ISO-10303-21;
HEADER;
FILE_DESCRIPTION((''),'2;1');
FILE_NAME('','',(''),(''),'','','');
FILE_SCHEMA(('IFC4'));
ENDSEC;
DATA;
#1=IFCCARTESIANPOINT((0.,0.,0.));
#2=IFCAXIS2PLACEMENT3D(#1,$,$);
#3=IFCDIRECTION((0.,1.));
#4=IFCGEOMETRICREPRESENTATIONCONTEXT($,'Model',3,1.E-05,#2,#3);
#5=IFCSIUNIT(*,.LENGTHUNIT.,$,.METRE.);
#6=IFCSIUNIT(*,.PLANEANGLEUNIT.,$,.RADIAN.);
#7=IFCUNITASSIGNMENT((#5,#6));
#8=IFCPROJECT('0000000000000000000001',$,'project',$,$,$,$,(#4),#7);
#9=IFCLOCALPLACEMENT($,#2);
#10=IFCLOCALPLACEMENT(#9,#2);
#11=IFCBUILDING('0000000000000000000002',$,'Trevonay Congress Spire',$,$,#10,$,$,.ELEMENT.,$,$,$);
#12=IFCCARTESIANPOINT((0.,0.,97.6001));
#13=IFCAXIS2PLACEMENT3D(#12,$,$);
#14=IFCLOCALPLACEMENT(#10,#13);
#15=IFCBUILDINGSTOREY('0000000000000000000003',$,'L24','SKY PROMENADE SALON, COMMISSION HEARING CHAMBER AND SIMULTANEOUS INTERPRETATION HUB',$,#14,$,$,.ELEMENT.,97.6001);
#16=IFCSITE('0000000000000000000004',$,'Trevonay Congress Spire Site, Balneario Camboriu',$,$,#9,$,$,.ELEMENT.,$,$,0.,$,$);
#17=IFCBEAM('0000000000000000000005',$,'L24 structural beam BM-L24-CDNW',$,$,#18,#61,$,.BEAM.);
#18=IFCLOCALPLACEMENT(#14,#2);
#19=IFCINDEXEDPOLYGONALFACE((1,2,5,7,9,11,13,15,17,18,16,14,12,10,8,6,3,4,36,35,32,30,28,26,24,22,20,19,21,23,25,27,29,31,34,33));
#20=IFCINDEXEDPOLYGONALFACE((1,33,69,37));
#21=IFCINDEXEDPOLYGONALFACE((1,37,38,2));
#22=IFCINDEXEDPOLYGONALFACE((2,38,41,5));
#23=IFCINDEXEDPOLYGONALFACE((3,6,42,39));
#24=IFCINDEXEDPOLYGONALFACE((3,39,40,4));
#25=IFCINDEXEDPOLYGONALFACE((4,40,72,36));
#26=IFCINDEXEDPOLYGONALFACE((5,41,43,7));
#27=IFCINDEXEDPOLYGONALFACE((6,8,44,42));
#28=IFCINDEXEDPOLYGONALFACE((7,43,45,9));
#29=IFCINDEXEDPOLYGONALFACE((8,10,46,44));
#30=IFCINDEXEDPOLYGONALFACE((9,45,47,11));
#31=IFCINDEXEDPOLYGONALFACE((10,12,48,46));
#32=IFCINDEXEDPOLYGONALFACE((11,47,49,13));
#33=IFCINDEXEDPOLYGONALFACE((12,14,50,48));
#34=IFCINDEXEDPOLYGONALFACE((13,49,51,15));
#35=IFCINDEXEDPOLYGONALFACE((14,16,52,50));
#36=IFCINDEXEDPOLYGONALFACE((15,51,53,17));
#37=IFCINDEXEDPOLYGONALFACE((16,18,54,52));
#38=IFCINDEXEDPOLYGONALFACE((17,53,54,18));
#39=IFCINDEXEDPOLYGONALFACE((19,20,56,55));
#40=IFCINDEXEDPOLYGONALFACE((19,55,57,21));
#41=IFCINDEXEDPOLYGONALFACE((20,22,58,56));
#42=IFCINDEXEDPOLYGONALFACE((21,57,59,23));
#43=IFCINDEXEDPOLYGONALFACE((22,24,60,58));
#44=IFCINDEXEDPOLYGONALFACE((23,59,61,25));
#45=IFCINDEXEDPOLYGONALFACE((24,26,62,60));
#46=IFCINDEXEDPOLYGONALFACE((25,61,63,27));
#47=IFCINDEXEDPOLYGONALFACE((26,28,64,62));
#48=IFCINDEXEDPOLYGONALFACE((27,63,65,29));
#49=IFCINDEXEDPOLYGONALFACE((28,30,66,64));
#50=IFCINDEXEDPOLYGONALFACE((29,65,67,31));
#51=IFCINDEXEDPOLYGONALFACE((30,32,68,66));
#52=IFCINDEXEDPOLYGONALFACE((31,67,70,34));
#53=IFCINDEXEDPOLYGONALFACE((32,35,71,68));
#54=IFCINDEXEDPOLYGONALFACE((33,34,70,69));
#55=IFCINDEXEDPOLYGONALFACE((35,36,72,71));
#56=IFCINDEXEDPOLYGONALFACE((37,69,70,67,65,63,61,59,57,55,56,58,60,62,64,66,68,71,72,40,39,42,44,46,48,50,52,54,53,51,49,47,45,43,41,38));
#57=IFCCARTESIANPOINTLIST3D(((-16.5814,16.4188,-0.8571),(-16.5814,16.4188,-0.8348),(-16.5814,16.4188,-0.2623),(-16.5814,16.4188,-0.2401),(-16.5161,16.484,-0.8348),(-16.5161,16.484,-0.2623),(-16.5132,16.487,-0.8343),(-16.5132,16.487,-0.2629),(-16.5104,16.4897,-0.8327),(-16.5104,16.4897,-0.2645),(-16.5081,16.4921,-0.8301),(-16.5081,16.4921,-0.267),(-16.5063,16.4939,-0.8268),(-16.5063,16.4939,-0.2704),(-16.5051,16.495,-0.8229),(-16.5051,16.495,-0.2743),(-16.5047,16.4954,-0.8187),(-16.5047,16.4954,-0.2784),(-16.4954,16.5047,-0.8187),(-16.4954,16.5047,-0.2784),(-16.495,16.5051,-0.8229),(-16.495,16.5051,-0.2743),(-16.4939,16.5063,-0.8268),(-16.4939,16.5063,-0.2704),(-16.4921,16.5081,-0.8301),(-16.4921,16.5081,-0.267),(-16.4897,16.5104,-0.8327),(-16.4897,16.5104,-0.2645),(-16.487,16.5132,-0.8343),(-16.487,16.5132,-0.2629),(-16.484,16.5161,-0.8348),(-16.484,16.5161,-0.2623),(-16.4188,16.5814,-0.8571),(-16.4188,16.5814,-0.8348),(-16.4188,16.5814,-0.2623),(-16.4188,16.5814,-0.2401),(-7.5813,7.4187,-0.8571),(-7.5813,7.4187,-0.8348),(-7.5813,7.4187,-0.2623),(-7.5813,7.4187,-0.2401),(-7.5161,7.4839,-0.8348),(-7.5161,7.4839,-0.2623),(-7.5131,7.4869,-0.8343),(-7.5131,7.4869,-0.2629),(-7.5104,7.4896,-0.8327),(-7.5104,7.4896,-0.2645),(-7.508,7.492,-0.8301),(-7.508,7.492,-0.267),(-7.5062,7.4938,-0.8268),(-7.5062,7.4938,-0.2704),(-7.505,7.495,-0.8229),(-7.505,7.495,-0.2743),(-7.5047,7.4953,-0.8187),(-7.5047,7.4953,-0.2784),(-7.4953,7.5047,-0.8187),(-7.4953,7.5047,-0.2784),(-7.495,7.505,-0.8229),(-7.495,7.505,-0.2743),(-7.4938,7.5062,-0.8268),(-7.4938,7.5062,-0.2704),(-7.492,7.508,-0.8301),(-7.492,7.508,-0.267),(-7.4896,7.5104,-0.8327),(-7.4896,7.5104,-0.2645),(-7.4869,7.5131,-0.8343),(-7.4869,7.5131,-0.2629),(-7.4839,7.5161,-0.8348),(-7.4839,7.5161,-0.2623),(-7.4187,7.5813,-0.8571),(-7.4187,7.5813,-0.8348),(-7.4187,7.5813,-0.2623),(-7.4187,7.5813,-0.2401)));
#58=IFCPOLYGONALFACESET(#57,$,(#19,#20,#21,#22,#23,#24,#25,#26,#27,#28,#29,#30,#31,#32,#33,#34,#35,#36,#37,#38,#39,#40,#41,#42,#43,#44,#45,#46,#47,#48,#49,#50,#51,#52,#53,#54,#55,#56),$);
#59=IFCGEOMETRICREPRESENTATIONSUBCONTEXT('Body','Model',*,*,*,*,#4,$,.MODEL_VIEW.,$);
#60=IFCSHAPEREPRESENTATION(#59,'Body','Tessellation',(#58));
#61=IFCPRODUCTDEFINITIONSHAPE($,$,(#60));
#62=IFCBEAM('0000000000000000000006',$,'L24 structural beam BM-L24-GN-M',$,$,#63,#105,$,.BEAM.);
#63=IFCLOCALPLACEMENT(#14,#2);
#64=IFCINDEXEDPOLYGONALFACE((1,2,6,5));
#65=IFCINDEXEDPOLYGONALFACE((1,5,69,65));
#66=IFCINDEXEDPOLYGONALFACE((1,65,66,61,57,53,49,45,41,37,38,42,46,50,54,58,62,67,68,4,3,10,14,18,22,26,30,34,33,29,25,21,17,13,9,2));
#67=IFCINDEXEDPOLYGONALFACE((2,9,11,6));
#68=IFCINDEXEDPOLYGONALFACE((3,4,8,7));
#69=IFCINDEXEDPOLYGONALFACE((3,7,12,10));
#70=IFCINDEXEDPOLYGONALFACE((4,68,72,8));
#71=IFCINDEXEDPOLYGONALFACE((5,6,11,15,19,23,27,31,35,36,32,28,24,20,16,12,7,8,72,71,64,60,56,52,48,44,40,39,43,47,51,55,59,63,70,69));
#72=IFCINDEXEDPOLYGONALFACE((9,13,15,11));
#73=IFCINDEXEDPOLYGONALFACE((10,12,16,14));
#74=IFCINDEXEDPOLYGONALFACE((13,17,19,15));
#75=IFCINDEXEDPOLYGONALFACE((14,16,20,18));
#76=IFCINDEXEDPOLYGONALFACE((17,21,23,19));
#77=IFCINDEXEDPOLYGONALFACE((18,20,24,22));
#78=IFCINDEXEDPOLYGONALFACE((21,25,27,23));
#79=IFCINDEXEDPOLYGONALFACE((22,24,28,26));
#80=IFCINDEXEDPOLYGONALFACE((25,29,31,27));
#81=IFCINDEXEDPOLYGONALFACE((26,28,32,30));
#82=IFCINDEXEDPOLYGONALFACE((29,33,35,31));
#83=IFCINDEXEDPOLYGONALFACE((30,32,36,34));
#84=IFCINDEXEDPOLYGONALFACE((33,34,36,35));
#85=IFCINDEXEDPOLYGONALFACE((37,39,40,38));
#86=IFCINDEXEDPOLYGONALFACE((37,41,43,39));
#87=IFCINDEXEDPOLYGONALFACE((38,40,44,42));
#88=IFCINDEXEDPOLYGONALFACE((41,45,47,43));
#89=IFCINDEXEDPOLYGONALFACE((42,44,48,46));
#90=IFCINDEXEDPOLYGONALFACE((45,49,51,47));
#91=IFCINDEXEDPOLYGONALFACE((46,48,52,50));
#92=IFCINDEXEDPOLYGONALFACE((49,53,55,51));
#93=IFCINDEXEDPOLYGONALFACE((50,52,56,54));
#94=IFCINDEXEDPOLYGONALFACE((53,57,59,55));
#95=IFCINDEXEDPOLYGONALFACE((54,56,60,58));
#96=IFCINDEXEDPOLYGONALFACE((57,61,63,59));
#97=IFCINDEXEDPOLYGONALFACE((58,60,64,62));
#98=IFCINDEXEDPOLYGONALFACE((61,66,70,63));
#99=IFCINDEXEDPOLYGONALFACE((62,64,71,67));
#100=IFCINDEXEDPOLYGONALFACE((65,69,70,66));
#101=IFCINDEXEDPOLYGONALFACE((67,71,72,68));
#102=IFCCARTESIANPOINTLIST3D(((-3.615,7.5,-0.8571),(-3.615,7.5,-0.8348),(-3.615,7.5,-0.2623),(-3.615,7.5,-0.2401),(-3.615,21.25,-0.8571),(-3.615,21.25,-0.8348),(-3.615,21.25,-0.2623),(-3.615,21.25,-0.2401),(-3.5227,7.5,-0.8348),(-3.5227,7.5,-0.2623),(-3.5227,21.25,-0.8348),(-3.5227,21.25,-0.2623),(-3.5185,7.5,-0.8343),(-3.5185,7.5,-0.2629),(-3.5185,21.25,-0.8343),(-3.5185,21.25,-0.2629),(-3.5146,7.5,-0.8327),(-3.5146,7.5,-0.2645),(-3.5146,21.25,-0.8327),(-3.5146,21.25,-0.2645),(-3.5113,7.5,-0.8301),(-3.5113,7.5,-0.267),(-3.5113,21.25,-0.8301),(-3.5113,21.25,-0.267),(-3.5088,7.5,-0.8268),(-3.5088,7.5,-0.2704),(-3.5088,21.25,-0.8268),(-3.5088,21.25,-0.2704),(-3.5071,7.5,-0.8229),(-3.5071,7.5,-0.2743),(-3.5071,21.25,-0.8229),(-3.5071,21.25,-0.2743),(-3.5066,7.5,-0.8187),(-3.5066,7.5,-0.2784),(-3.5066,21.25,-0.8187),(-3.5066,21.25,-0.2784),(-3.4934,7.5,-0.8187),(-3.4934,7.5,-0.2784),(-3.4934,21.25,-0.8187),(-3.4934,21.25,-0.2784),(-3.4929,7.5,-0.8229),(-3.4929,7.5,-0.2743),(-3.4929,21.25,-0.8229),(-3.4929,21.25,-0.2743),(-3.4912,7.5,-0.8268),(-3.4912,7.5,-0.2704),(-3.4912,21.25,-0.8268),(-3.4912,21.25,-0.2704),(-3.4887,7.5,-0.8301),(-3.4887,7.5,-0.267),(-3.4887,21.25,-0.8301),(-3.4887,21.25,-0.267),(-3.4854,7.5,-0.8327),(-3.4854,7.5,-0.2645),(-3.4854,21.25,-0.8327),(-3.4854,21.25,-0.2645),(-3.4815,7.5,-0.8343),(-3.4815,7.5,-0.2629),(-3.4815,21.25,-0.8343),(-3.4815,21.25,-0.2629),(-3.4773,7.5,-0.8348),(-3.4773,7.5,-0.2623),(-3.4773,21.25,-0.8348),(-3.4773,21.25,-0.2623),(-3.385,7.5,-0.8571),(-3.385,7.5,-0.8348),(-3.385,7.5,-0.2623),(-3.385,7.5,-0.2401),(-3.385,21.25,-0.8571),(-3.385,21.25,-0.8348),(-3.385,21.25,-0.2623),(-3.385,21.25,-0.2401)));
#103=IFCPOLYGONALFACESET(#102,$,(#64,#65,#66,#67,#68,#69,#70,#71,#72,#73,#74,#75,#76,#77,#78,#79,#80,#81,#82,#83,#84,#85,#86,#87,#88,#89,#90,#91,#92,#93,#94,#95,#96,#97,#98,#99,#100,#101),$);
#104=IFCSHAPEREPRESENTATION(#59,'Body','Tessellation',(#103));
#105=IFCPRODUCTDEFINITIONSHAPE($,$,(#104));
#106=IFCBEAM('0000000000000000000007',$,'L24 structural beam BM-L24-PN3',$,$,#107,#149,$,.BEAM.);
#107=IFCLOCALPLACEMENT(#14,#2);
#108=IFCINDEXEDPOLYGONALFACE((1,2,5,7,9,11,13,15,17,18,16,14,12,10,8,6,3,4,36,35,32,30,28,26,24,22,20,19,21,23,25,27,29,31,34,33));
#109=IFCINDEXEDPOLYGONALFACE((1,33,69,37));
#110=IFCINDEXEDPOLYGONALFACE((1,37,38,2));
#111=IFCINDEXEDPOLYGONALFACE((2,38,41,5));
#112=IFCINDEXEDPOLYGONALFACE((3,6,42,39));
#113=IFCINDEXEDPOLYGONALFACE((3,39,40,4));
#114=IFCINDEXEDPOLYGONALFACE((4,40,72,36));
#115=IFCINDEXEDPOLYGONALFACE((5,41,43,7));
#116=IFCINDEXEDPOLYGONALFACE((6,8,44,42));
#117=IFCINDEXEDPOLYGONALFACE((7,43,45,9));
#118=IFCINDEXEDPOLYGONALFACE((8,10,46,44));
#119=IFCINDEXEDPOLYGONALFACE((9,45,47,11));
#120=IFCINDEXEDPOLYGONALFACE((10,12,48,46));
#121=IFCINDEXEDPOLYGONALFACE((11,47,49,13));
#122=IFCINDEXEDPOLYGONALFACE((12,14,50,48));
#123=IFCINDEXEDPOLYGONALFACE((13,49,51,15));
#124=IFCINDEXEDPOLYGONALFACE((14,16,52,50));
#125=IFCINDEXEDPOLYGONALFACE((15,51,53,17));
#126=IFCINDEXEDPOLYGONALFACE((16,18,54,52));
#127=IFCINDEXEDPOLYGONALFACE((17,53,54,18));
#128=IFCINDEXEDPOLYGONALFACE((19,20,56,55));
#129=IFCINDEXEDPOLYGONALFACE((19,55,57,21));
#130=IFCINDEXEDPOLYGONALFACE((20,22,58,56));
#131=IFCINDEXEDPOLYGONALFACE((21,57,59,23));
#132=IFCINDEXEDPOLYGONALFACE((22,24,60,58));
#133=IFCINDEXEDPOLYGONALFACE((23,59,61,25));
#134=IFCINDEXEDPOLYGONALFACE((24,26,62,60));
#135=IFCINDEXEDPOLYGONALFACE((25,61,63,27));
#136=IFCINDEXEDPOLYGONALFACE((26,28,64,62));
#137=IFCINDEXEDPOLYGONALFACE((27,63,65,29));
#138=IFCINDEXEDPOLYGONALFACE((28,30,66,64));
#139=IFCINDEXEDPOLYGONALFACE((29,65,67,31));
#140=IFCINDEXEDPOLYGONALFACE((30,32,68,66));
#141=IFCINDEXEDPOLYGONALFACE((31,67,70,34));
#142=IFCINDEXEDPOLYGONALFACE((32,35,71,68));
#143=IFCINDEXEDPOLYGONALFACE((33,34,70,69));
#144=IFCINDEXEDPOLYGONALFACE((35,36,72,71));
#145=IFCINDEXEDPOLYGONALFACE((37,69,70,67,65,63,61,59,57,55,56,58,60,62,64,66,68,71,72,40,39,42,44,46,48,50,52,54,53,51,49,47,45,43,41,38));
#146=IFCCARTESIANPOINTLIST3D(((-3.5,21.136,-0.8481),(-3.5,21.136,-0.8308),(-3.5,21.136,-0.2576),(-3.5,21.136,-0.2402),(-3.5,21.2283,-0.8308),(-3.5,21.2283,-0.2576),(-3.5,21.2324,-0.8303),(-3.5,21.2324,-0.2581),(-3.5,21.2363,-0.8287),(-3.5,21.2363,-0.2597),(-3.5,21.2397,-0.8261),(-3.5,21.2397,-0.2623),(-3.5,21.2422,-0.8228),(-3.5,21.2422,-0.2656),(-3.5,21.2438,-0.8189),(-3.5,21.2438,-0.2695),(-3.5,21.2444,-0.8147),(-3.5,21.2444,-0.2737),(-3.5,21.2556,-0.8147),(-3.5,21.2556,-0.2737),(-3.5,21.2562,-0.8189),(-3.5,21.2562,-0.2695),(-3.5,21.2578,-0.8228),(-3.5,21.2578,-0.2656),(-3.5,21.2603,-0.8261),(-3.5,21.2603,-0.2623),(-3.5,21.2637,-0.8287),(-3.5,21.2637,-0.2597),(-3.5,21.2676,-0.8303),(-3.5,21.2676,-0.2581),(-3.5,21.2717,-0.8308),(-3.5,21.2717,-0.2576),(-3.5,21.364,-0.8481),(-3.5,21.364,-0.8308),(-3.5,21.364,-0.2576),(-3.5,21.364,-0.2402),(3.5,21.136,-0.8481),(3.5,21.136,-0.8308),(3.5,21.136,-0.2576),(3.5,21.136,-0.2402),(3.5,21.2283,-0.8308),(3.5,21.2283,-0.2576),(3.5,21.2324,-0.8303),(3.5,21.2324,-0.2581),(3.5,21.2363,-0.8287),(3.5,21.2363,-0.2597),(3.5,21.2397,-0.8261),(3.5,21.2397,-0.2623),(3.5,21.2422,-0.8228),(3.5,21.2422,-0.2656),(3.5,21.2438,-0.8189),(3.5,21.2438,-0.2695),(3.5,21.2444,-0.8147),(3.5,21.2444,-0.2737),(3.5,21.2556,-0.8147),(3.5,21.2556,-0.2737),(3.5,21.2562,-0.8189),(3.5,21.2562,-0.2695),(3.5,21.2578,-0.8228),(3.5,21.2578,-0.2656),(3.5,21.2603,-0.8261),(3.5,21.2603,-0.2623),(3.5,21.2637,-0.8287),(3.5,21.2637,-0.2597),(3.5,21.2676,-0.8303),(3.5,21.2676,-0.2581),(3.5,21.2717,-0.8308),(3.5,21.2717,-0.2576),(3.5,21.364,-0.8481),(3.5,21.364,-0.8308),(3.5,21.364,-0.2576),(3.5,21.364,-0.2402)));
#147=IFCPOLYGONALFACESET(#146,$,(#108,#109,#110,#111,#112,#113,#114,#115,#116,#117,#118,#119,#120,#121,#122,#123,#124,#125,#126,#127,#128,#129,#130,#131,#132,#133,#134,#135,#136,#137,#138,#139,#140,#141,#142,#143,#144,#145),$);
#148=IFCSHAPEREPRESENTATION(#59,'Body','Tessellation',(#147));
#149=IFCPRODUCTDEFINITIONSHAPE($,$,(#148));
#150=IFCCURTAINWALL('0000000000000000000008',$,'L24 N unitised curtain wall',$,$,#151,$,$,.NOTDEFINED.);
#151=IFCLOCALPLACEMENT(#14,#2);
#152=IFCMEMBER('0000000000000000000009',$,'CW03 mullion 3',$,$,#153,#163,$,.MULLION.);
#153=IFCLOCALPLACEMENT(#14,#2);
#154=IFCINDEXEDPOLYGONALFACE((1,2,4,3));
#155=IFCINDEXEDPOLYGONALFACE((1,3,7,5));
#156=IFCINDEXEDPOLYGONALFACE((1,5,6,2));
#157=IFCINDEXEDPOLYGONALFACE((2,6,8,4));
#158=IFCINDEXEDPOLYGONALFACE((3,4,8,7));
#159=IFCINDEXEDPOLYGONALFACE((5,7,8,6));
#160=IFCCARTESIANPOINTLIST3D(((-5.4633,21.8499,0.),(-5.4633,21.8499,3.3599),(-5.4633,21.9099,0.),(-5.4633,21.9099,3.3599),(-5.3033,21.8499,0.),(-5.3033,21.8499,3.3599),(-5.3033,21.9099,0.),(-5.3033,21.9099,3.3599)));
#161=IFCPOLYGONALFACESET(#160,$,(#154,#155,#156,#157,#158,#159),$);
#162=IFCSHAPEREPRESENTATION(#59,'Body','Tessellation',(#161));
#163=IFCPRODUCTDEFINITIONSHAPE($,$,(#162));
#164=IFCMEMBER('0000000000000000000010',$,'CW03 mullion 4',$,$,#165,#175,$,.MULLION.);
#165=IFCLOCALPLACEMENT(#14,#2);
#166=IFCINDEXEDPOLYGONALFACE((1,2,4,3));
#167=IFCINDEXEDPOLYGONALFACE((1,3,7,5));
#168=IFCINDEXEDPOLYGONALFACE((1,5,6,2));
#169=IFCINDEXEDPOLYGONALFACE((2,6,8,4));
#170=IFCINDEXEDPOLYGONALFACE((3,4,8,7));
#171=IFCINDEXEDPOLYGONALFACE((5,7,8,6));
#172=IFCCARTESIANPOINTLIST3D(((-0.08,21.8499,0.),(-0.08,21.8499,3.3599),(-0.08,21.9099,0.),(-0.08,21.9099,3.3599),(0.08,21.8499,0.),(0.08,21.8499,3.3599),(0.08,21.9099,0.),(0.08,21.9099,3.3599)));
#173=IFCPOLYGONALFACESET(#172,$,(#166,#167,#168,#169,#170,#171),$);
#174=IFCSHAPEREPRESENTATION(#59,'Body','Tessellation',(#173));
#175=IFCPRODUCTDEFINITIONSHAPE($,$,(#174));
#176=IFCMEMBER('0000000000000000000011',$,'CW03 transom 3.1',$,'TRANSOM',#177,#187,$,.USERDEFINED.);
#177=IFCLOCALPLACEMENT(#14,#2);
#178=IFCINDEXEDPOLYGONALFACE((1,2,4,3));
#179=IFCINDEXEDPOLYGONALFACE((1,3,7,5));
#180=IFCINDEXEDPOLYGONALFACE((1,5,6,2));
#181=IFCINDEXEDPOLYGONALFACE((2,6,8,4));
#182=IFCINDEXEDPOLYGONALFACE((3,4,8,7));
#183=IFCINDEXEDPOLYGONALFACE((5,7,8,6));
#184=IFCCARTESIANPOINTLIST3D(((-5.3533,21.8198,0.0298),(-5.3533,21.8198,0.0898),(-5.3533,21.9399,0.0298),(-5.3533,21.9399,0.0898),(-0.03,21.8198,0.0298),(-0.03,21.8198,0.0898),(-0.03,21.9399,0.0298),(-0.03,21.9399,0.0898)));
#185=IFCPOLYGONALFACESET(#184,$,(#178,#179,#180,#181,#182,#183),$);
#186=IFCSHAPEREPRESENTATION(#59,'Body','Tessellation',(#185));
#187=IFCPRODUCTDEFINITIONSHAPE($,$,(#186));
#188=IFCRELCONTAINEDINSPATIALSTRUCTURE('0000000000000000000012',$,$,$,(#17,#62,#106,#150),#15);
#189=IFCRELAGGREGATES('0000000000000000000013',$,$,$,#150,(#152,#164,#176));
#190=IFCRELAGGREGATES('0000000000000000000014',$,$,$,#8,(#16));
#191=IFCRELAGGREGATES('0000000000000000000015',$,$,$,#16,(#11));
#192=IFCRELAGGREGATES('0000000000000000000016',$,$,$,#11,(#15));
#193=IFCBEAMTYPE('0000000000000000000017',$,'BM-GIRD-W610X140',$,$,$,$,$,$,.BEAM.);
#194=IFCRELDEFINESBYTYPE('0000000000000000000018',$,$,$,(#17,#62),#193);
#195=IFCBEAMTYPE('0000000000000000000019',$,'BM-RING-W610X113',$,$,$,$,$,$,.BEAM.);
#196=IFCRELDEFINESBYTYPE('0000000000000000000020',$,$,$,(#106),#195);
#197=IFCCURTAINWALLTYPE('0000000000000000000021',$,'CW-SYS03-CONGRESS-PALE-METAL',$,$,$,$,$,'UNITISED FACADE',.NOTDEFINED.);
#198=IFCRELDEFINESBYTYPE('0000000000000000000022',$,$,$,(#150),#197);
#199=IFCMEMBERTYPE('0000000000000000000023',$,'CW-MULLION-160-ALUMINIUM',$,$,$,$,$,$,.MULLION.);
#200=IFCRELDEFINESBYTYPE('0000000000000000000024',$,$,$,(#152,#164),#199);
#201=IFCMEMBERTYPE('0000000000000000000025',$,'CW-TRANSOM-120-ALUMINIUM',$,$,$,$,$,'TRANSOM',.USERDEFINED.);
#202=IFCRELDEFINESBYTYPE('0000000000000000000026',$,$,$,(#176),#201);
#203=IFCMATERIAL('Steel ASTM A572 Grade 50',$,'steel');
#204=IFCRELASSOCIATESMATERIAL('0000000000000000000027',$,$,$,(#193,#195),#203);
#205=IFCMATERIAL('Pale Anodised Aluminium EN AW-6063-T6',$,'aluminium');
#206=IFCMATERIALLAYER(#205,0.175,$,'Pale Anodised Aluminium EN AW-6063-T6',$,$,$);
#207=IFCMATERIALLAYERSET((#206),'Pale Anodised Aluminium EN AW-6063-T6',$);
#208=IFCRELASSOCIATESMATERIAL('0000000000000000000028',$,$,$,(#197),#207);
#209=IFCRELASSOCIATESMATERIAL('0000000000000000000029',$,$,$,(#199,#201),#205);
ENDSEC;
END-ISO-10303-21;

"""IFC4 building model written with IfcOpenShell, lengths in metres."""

from ifc_helpers import new_model, si_unit, direction, frame, origin, origin_2d, place, context, subcontext, project, spatial, rectangle, i_section, extrude, material, layer, layer_set, material_profile, profile_set, type_object, element, aggregate, save


model = new_model("IFC4")

# Units and contexts
model_context = context("Model", 3, precision=1e-05, world=origin(), true_north=direction((0.0, 1.0)))
body_context = subcontext(model_context, "Body", "Model", "MODEL_VIEW")
ifc_project = project(units=[si_unit("LENGTHUNIT", "METRE"), si_unit("PLANEANGLEUNIT", "RADIAN")], contexts=[model_context])

# Site, building, storey
site_placement = place(None, origin())
site = spatial("IfcSite", under=ifc_project, at=site_placement, Name="Trevonay Congress Spire Site, Balneario Camboriu", CompositionType="ELEMENT", RefElevation=0.0)
building_placement = place(site_placement, origin())
building = spatial("IfcBuilding", under=site, at=building_placement, Name="Trevonay Congress Spire", CompositionType="ELEMENT")
storey_placement = place(building_placement, frame((0.0, 0.0, 97.6001)))
storey = spatial("IfcBuildingStorey", under=building, at=storey_placement, Name="L24", Description="SKY PROMENADE SALON, COMMISSION HEARING CHAMBER AND SIMULTANEOUS INTERPRETATION HUB", CompositionType="ELEMENT", Elevation=97.6001)

# Shared definitions
ifc_material_1 = material(Name="Steel ASTM A572 Grade 50", Category="steel")

# Beams
ifc_material_profile_1 = material_profile(ifc_material_1, i_section(OverallWidth=0.23, OverallDepth=0.6169, WebThickness=0.0132, FlangeThickness=0.0222, FilletRadius=0.0161, at=origin_2d()), Name="W610x140")
ifc_profile_set_1 = profile_set([ifc_material_profile_1], Name="Steel ASTM A572 Grade 50")
beam_type_1 = type_object("IfcBeamType", Name="BM-GIRD-W610X140", PredefinedType="BEAM", material=ifc_profile_set_1)
beam_1_placement = place(storey_placement, frame((-7.5, 7.5, -0.5486), z_axis=(-0.707107, 0.707107, 0.0), x_axis=(-0.707107, -0.707107, 0.0)))
element("IfcBeam", 1, at=beam_1_placement, inside=storey, type_object=beam_type_1, Name="L24 structural beam BM-L24-CDNW", PredefinedType="BEAM", context=body_context, shape_type="SweptSolid", body=[
    extrude(i_section(OverallWidth=0.23, OverallDepth=0.6169, WebThickness=0.0132, FlangeThickness=0.0222, FilletRadius=0.0161, at=origin_2d()), origin(), (0.0, 0.0, 1.0), 12.728),
])
beam_2_placement = place(storey_placement, frame((-3.5, 7.5, -0.5486), z_axis=(0.0, 1.0, 0.0), x_axis=(-1.0, 0.0, 0.0)))
element("IfcBeam", 2, at=beam_2_placement, inside=storey, type_object=beam_type_1, Name="L24 structural beam BM-L24-GN-M", PredefinedType="BEAM", context=body_context, shape_type="SweptSolid", body=[
    extrude(i_section(OverallWidth=0.23, OverallDepth=0.6169, WebThickness=0.0132, FlangeThickness=0.0222, FilletRadius=0.0161, at=origin_2d()), origin(), (0.0, 0.0, 1.0), 13.75),
])
ifc_material_profile_2 = material_profile(ifc_material_1, i_section(OverallWidth=0.228, OverallDepth=0.6079, WebThickness=0.0112, FlangeThickness=0.0173, FilletRadius=0.0161, at=origin_2d()), Name="W610x113")
ifc_profile_set_2 = profile_set([ifc_material_profile_2], Name="Steel ASTM A572 Grade 50")
beam_type_2 = type_object("IfcBeamType", Name="BM-RING-W610X113", PredefinedType="BEAM", material=ifc_profile_set_2)
beam_3_placement = place(storey_placement, frame((-3.5, 21.25, -0.5442), z_axis=(1.0, 0.0, 0.0), x_axis=(0.0, 1.0, 0.0)))
element("IfcBeam", 3, at=beam_3_placement, inside=storey, type_object=beam_type_2, Name="L24 structural beam BM-L24-PN3", PredefinedType="BEAM", context=body_context, shape_type="SweptSolid", body=[
    extrude(i_section(OverallWidth=0.228, OverallDepth=0.6079, WebThickness=0.0112, FlangeThickness=0.0173, FilletRadius=0.0161, at=origin_2d()), origin(), (0.0, 0.0, 1.0), 7.0),
])

# Curtain wall, members
ifc_material_2 = material(Name="Pale Anodised Aluminium EN AW-6063-T6", Category="aluminium")
ifc_layer_1 = layer(ifc_material_2, 0.175, Name="Pale Anodised Aluminium EN AW-6063-T6")
ifc_layer_set_1 = layer_set([ifc_layer_1], Name="Pale Anodised Aluminium EN AW-6063-T6")
curtain_wall_type = type_object("IfcCurtainWallType", Name="CW-SYS03-CONGRESS-PALE-METAL", ElementType="UNITISED FACADE", PredefinedType="NOTDEFINED", material=ifc_layer_set_1)
curtain_wall_placement = place(storey_placement, origin())
curtain_wall = element("IfcCurtainWall", 4, at=curtain_wall_placement, inside=storey, type_object=curtain_wall_type, Name="L24 N unitised curtain wall", PredefinedType="NOTDEFINED")
ifc_material_profile_3 = material_profile(ifc_material_2, rectangle(XDim=0.0601, YDim=0.1599, at=origin_2d()), Name="CW-MULLION-160-ALUMINIUM")
ifc_profile_set_3 = profile_set([ifc_material_profile_3], Name="Pale Anodised Aluminium EN AW-6063-T6")
member_type_1 = type_object("IfcMemberType", Name="CW-MULLION-160-ALUMINIUM", PredefinedType="MULLION", material=ifc_profile_set_3)
member_1_placement = place(storey_placement, frame((-5.3833, 21.8799, 0.0), z_axis=(0.0, 0.0, 1.0), x_axis=(0.0, 1.0, 0.0)))
member_1 = element("IfcMember", 5, at=member_1_placement, type_object=member_type_1, Name="CW03 mullion 3", PredefinedType="MULLION", context=body_context, shape_type="SweptSolid", body=[
    extrude(rectangle(XDim=0.0601, YDim=0.1599, at=origin_2d()), origin(), (0.0, 0.0, 1.0), 3.3599),
])
member_2_placement = place(storey_placement, frame((0.0, 21.8799, 0.0), z_axis=(0.0, 0.0, 1.0), x_axis=(0.0, 1.0, 0.0)))
member_2 = element("IfcMember", 6, at=member_2_placement, type_object=member_type_1, Name="CW03 mullion 4", PredefinedType="MULLION", context=body_context, shape_type="SweptSolid", body=[
    extrude(rectangle(XDim=0.0601, YDim=0.1599, at=origin_2d()), origin(), (0.0, 0.0, 1.0), 3.3599),
])
ifc_material_profile_4 = material_profile(ifc_material_2, rectangle(XDim=0.1201, YDim=0.0601, at=origin_2d()), Name="CW-TRANSOM-120-ALUMINIUM")
ifc_profile_set_4 = profile_set([ifc_material_profile_4], Name="Pale Anodised Aluminium EN AW-6063-T6")
member_type_2 = type_object("IfcMemberType", Name="CW-TRANSOM-120-ALUMINIUM", ElementType="TRANSOM", PredefinedType="USERDEFINED", material=ifc_profile_set_4)
member_3_placement = place(storey_placement, frame((-5.3533, 21.8799, 0.0598), z_axis=(1.0, 0.0, 0.0), x_axis=(0.0, 1.0, 0.0)))
member_3 = element("IfcMember", 7, at=member_3_placement, type_object=member_type_2, Name="CW03 transom 3.1", ObjectType="TRANSOM", PredefinedType="USERDEFINED", context=body_context, shape_type="SweptSolid", body=[
    extrude(rectangle(XDim=0.1201, YDim=0.0601, at=origin_2d()), origin(), (0.0, 0.0, 1.0), 5.3232),
])

aggregate(curtain_wall, [member_1, member_2, member_3])

save(model, "model.ifc")
